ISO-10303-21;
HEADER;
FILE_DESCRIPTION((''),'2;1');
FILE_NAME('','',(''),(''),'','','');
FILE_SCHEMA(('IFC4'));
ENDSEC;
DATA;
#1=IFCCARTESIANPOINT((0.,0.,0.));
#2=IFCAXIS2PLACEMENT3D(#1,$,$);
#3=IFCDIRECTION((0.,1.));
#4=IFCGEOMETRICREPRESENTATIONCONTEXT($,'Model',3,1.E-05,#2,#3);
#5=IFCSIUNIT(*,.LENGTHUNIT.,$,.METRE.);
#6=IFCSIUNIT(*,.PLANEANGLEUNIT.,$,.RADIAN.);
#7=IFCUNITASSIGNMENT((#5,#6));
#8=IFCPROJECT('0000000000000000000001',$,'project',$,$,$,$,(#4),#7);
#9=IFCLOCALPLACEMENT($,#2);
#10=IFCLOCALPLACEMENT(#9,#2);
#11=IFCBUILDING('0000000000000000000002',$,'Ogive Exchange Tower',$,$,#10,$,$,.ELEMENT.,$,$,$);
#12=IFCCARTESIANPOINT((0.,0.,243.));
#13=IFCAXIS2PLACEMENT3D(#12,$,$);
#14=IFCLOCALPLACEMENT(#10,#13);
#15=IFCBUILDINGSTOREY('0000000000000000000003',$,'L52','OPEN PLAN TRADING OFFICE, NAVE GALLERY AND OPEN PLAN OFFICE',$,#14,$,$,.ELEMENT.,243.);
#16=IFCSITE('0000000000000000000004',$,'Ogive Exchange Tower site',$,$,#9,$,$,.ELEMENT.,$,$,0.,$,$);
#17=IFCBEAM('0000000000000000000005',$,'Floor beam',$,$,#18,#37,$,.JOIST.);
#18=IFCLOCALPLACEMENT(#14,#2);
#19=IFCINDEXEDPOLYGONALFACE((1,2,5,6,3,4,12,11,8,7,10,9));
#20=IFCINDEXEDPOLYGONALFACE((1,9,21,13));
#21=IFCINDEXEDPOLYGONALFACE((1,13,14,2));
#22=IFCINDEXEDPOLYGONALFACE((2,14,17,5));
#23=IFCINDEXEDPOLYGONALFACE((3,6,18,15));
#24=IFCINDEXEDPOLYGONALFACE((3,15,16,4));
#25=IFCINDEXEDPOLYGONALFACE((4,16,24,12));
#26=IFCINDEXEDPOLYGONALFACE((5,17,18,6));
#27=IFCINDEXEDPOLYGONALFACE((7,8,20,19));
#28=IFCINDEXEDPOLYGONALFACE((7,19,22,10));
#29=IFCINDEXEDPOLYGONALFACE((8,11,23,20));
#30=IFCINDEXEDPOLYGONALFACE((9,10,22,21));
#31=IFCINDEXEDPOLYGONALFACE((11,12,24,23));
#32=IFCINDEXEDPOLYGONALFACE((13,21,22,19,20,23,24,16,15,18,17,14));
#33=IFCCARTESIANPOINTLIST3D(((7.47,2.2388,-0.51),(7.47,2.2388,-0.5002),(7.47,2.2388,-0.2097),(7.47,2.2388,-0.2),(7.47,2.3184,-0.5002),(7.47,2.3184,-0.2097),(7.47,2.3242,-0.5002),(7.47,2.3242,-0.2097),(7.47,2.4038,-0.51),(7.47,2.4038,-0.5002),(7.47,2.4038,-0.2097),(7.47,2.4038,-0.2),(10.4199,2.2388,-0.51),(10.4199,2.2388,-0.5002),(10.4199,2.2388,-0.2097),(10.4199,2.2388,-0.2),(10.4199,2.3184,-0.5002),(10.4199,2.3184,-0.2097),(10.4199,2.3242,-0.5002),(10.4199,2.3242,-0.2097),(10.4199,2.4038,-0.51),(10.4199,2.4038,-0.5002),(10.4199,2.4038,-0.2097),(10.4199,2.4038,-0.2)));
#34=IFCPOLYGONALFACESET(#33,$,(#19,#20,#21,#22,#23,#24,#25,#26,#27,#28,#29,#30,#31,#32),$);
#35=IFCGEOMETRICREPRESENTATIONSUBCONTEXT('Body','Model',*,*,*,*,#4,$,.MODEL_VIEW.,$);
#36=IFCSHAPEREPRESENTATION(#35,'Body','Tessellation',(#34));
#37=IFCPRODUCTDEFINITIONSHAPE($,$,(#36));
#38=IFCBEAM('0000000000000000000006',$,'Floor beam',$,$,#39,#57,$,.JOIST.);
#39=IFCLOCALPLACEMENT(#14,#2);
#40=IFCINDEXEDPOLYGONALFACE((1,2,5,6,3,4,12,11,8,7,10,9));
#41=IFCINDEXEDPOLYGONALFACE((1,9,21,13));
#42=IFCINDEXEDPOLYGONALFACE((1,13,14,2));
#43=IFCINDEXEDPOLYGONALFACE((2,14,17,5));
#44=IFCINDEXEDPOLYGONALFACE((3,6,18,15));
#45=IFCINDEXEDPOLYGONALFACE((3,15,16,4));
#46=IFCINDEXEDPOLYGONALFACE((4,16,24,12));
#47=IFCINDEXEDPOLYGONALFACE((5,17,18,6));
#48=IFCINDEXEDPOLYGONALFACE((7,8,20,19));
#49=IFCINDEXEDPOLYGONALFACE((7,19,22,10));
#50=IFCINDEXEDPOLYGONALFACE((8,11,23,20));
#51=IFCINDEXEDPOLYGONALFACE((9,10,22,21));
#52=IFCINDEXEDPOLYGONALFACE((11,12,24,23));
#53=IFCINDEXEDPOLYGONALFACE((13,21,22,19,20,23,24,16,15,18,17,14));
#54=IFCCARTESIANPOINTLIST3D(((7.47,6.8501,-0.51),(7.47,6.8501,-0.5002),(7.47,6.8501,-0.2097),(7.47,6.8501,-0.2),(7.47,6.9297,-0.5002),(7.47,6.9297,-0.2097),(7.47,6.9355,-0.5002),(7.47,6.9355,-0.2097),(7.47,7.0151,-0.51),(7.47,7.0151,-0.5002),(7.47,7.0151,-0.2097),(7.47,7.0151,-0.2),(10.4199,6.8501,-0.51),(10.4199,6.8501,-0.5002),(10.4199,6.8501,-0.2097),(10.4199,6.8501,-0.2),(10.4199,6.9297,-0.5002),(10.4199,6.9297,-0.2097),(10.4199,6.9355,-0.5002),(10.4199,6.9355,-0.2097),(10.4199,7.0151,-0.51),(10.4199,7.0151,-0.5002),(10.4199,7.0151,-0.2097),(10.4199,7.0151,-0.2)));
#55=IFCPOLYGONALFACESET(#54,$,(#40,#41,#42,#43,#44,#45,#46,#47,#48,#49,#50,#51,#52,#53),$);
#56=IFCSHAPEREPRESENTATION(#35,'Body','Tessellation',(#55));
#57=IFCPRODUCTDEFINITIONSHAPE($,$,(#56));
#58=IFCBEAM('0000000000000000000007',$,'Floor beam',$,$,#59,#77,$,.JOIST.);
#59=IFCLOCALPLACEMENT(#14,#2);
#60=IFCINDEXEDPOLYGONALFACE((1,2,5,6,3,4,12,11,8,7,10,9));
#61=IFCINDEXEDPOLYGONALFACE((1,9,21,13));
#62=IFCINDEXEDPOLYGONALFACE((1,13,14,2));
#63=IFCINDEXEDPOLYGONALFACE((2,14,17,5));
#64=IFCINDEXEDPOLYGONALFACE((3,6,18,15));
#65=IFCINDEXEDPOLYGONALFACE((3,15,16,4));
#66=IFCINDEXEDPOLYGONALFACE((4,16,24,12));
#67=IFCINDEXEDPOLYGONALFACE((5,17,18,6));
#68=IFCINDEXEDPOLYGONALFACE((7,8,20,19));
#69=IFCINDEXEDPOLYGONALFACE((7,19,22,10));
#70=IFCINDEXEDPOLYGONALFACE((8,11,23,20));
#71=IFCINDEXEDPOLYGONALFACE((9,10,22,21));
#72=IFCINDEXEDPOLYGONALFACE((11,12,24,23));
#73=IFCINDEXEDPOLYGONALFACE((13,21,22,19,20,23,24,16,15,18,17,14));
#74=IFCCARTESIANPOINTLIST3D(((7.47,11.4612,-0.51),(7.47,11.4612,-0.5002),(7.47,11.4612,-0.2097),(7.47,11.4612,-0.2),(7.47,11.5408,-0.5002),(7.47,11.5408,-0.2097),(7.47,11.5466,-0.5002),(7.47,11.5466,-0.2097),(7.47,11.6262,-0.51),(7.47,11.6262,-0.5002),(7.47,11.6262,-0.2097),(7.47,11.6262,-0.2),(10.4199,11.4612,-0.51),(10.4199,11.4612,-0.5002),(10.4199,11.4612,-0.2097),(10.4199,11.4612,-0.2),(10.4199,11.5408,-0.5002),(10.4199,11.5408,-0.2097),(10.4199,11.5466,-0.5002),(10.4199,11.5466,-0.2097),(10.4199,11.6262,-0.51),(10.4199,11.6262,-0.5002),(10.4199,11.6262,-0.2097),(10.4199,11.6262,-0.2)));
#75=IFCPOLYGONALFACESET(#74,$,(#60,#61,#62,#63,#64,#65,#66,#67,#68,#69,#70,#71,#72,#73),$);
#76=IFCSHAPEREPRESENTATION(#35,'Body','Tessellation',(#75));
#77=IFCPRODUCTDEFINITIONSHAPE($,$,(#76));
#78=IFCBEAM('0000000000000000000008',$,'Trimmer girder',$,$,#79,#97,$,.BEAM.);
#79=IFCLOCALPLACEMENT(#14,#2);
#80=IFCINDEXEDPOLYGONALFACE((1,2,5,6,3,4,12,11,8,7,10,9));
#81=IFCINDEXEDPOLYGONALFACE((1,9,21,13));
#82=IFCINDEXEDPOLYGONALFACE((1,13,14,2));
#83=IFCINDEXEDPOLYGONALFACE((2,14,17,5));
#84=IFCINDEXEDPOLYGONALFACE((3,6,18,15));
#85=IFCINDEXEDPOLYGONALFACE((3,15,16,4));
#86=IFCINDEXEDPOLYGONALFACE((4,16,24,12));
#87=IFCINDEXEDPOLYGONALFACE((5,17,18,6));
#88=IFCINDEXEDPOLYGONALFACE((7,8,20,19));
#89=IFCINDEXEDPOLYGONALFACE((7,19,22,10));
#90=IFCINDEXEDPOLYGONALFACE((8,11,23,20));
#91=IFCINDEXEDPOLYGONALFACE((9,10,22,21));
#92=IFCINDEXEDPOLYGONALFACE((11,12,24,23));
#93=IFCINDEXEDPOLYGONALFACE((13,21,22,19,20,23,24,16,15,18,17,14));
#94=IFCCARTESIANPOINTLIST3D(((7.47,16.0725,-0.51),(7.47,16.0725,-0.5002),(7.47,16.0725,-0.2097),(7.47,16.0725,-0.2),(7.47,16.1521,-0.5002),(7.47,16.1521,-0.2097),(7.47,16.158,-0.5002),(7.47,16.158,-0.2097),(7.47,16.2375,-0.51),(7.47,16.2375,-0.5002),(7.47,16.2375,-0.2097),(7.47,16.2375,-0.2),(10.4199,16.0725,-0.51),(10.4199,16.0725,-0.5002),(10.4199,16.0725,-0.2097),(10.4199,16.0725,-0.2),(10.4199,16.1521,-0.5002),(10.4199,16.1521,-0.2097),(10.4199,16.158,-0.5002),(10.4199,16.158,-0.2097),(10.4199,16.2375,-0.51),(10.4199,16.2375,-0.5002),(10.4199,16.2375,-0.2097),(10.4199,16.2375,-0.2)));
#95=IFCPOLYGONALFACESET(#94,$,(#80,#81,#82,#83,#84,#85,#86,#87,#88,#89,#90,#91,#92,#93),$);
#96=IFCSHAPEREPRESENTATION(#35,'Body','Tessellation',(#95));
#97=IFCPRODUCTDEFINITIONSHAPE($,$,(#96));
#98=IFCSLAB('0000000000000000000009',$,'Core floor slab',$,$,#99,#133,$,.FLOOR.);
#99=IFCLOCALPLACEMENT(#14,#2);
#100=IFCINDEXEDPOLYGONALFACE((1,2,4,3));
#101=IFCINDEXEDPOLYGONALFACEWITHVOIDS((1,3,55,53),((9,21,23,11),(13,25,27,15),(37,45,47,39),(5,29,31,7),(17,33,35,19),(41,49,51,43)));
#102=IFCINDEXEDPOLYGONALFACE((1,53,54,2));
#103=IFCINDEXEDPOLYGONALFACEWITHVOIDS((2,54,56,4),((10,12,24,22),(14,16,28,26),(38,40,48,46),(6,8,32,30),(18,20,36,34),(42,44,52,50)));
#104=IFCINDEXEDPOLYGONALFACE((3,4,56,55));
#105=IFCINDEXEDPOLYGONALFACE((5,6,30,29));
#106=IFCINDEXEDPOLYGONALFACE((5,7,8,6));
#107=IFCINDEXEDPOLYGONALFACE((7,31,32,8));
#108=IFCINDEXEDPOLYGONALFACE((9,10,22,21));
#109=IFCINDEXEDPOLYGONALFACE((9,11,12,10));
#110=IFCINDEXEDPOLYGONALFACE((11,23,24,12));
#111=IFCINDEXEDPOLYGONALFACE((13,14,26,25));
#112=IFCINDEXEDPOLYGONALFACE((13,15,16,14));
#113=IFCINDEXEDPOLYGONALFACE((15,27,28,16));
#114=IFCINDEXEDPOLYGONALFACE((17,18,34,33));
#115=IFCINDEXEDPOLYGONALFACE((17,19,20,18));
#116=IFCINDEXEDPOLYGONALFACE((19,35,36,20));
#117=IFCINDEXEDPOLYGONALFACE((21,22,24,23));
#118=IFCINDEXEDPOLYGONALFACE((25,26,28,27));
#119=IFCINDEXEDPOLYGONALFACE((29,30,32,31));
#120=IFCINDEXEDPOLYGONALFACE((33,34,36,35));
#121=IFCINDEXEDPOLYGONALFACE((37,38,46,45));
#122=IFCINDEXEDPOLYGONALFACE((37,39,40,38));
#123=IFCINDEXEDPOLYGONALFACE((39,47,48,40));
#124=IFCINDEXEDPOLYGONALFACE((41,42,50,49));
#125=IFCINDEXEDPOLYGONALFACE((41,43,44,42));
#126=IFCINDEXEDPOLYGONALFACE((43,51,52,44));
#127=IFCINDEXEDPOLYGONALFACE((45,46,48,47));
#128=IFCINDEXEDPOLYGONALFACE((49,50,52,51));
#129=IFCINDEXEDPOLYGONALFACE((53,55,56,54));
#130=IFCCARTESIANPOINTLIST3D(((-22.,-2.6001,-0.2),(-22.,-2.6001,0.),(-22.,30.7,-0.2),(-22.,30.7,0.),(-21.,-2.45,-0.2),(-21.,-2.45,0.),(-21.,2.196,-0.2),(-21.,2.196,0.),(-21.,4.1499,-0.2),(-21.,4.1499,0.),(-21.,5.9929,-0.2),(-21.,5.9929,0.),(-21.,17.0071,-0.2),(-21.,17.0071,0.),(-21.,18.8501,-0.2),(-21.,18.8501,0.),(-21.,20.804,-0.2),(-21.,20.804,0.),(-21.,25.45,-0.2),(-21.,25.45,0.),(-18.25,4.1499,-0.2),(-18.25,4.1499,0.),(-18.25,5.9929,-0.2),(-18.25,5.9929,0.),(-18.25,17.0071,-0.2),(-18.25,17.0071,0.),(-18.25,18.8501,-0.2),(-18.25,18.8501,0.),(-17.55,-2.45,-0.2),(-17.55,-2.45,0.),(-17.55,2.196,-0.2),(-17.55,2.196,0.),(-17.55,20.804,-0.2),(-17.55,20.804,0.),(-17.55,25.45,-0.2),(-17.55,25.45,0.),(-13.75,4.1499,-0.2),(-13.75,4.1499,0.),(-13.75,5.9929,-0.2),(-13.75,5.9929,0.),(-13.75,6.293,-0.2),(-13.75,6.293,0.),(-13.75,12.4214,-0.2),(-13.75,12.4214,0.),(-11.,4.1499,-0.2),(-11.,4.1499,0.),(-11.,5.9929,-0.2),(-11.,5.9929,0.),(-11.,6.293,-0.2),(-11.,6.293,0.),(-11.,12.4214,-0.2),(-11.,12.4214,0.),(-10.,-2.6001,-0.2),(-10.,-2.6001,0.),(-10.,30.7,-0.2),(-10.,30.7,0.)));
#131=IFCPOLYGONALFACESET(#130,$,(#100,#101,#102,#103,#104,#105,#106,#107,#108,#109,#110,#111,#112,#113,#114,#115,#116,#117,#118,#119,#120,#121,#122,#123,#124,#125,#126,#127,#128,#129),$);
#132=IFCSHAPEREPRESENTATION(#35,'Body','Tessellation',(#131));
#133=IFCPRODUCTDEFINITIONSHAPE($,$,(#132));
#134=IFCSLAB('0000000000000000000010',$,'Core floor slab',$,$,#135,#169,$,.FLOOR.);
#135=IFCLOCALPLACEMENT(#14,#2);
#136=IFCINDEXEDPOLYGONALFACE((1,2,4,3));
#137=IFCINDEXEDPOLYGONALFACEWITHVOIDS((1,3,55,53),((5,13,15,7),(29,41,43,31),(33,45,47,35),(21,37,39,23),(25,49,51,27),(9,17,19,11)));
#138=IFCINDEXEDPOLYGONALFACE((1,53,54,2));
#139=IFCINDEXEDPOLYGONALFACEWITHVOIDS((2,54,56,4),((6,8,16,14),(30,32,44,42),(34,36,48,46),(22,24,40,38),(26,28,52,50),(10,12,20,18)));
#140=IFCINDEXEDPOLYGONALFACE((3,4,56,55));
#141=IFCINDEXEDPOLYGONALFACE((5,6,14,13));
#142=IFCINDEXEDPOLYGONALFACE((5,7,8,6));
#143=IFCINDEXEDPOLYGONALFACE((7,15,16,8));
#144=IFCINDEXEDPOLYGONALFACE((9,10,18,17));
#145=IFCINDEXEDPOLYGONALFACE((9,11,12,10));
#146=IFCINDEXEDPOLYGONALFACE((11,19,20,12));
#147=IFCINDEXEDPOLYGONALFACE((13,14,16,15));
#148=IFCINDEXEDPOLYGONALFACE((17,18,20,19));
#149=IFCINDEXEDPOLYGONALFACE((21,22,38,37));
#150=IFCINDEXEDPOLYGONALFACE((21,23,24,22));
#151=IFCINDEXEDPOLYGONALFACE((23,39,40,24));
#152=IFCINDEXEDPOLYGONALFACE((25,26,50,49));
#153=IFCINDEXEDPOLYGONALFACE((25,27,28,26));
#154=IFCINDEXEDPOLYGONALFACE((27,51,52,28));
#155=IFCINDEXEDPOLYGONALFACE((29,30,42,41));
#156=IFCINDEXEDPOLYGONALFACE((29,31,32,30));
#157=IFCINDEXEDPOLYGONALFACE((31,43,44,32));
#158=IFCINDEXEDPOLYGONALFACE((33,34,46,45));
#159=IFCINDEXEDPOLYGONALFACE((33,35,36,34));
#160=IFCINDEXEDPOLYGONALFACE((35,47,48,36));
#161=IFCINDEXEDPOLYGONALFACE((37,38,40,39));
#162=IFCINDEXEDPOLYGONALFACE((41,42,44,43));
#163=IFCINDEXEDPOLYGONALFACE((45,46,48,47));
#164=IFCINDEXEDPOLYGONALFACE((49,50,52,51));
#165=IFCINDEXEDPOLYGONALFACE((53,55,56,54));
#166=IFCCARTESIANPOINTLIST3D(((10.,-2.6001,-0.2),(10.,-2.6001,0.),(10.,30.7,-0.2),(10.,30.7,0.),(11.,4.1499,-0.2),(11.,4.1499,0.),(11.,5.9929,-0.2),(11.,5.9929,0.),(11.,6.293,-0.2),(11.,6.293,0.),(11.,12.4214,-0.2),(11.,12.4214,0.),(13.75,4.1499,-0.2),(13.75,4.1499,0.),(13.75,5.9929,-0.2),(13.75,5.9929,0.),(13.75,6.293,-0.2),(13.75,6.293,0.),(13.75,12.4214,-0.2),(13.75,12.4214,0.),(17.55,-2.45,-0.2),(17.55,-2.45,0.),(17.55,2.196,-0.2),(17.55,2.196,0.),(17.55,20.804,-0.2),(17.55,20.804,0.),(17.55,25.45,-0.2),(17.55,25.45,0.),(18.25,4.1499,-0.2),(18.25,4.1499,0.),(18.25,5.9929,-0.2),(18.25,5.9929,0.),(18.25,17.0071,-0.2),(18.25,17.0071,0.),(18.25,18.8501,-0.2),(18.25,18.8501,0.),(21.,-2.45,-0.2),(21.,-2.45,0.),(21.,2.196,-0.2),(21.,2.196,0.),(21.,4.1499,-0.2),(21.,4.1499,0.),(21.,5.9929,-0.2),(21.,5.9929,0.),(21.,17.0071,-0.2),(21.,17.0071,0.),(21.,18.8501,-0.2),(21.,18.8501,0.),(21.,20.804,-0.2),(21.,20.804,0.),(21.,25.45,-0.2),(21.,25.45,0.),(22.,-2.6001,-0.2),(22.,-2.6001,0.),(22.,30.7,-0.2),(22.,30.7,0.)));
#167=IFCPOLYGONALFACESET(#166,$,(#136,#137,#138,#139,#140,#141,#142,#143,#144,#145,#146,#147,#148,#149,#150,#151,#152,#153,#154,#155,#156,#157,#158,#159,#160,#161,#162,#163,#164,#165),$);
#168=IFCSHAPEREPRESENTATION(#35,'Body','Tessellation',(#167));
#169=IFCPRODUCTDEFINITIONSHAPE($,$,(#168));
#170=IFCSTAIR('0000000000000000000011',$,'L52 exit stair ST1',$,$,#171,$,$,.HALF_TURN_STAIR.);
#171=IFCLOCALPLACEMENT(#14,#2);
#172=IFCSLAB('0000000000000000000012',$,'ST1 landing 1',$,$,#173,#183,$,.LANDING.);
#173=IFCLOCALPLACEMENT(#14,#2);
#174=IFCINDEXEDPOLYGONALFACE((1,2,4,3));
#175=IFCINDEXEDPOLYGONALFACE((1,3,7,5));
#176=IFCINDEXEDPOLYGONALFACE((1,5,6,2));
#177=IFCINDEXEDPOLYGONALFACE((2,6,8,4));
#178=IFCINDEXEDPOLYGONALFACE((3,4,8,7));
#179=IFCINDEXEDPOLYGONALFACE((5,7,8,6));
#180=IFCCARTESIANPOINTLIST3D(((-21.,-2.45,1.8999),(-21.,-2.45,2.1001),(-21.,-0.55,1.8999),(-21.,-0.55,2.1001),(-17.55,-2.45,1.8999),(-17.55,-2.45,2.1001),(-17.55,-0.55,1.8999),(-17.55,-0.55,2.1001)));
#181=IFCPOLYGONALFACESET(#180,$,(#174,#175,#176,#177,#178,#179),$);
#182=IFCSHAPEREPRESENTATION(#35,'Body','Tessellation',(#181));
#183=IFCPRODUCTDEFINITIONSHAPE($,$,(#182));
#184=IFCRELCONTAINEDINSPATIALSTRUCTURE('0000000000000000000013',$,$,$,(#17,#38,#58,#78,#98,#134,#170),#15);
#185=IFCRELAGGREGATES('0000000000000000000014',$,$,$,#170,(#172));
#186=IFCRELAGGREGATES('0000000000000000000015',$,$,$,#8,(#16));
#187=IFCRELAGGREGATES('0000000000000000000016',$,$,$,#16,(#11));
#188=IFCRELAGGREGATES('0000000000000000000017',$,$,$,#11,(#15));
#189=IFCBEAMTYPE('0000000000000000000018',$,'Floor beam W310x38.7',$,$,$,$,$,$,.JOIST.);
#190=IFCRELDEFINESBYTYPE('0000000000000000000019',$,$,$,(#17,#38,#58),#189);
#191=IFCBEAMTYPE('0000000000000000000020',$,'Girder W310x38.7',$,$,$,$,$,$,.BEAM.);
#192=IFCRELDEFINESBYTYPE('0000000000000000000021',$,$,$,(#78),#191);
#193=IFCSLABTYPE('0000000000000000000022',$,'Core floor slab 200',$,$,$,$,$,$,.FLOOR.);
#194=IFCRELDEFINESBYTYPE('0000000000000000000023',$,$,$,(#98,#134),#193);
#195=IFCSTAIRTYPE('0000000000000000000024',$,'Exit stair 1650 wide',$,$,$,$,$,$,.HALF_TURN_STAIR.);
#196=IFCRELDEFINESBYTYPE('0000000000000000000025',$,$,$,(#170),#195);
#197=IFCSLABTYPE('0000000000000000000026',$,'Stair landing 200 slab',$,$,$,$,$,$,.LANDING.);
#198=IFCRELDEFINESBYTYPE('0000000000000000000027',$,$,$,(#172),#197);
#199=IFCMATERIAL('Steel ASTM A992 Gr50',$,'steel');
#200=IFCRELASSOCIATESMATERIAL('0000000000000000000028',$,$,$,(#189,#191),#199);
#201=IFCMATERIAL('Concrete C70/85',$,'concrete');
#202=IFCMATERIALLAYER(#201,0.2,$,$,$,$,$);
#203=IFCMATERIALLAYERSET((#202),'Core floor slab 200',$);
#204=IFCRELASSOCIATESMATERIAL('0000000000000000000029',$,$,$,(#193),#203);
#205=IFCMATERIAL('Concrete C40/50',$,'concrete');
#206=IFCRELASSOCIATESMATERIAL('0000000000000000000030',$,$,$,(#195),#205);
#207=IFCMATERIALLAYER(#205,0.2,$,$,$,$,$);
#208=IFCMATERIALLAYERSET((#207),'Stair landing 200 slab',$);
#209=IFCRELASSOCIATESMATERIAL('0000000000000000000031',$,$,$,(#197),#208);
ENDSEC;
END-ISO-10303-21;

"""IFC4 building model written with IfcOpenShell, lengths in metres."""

from ifc_helpers import new_model, si_unit, direction, frame, origin, origin_2d, place, context, subcontext, project, spatial, polyline, i_section, outline, extrude, material, layer, layer_set, material_profile, profile_set, type_object, element, aggregate, save


model = new_model("IFC4")

# Units and contexts
model_context = context("Model", 3, precision=1e-05, world=origin(), true_north=direction((0.0, 1.0)))
body_context = subcontext(model_context, "Body", "Model", "MODEL_VIEW")
ifc_project = project(units=[si_unit("LENGTHUNIT", "METRE"), si_unit("PLANEANGLEUNIT", "RADIAN")], contexts=[model_context])

# Site, building, storey
site_placement = place(None, origin())
site = spatial("IfcSite", under=ifc_project, at=site_placement, Name="Ogive Exchange Tower site", CompositionType="ELEMENT", RefElevation=0.0)
building_placement = place(site_placement, origin())
building = spatial("IfcBuilding", under=site, at=building_placement, Name="Ogive Exchange Tower", CompositionType="ELEMENT")
storey_placement = place(building_placement, frame((0.0, 0.0, 243.0)))
storey = spatial("IfcBuildingStorey", under=building, at=storey_placement, Name="L52", Description="OPEN PLAN TRADING OFFICE, NAVE GALLERY AND OPEN PLAN OFFICE", CompositionType="ELEMENT", Elevation=243.0)

# Beams
ifc_material_1 = material(Name="Steel ASTM A992 Gr50", Category="steel")
ifc_material_profile_1 = material_profile(ifc_material_1, i_section(OverallWidth=0.165, OverallDepth=0.3101, WebThickness=0.0059, FlangeThickness=0.0098, at=origin_2d()), Name="W310x38.7")
ifc_profile_set_1 = profile_set([ifc_material_profile_1], Name="Steel ASTM A992 Gr50")
beam_type_1 = type_object("IfcBeamType", Name="Floor beam W310x38.7", PredefinedType="JOIST", material=ifc_profile_set_1)
for number, where, z_axis, x_axis, name in (
    (1, (7.47, 2.3213, -0.355), (1.0, 0.0, 0.0), (0.0, 1.0, 0.0), "Floor beam"),
    (2, (7.47, 6.9326, -0.355), (1.0, 0.0, 0.0), (0.0, 1.0, 0.0), "Floor beam"),
    (3, (7.47, 11.5437, -0.355), (1.0, 0.0, 0.0), (0.0, 1.0, 0.0), "Floor beam"),
):
    element("IfcBeam", number, at=place(storey_placement, frame(where, z_axis=z_axis, x_axis=x_axis)), inside=storey, type_object=beam_type_1, Name=name, PredefinedType="JOIST", context=body_context, shape_type="SweptSolid", body=[
        extrude(i_section(OverallWidth=0.165, OverallDepth=0.3101, WebThickness=0.0059, FlangeThickness=0.0098, at=origin_2d()), origin(), (0.0, 0.0, 1.0), 2.95),
    ])
ifc_material_profile_2 = material_profile(ifc_material_1, i_section(OverallWidth=0.165, OverallDepth=0.3101, WebThickness=0.0059, FlangeThickness=0.0098, at=origin_2d()), Name="W310x38.7")
ifc_profile_set_2 = profile_set([ifc_material_profile_2], Name="Steel ASTM A992 Gr50")
beam_type_2 = type_object("IfcBeamType", Name="Girder W310x38.7", PredefinedType="BEAM", material=ifc_profile_set_2)
beam_placement = place(storey_placement, frame((7.47, 16.155, -0.355), z_axis=(1.0, 0.0, 0.0), x_axis=(0.0, 1.0, 0.0)))
element("IfcBeam", 4, at=beam_placement, inside=storey, type_object=beam_type_2, Name="Trimmer girder", PredefinedType="BEAM", context=body_context, shape_type="SweptSolid", body=[
    extrude(i_section(OverallWidth=0.165, OverallDepth=0.3101, WebThickness=0.0059, FlangeThickness=0.0098, at=origin_2d()), origin(), (0.0, 0.0, 1.0), 2.95),
])

# Slabs
ifc_material_2 = material(Name="Concrete C70/85", Category="concrete")
ifc_layer_1 = layer(ifc_material_2, 0.2)
ifc_layer_set_1 = layer_set([ifc_layer_1], Name="Core floor slab 200")
slab_type_1 = type_object("IfcSlabType", Name="Core floor slab 200", PredefinedType="FLOOR", material=ifc_layer_set_1)
slab_1_placement = place(storey_placement, frame((0.0, 0.0, -0.2)))
element("IfcSlab", 5, at=slab_1_placement, inside=storey, type_object=slab_type_1, Name="Core floor slab", PredefinedType="FLOOR", context=body_context, shape_type="SweptSolid", body=[
    extrude(outline(polyline([(-22.0, -2.6001), (-22.0, 30.7), (-10.0, 30.7), (-10.0, -2.6001), (-22.0, -2.6001)]), holes=[polyline([(-17.55, 2.196), (-21.0, 2.196), (-21.0, -2.45), (-17.55, -2.45), (-17.55, 2.196)]), polyline([(-18.25, 5.9929), (-21.0, 5.9929), (-21.0, 4.1499), (-18.25, 4.1499), (-18.25, 5.9929)]), polyline([(-11.0, 5.9929), (-13.75, 5.9929), (-13.75, 4.1499), (-11.0, 4.1499), (-11.0, 5.9929)]), polyline([(-13.75, 12.4214), (-13.75, 6.293), (-11.0, 6.293), (-11.0, 12.4214), (-13.75, 12.4214)]), polyline([(-18.25, 18.8501), (-21.0, 18.8501), (-21.0, 17.0071), (-18.25, 17.0071), (-18.25, 18.8501)]), polyline([(-21.0, 25.45), (-21.0, 20.804), (-17.55, 20.804), (-17.55, 25.45), (-21.0, 25.45)])]), origin(), (0.0, 0.0, 1.0), 0.2),
])
slab_2_placement = place(storey_placement, frame((0.0, 0.0, -0.2)))
element("IfcSlab", 6, at=slab_2_placement, inside=storey, type_object=slab_type_1, Name="Core floor slab", PredefinedType="FLOOR", context=body_context, shape_type="SweptSolid", body=[
    extrude(outline(polyline([(10.0, -2.6001), (10.0, 30.7), (22.0, 30.7), (22.0, -2.6001), (10.0, -2.6001)]), holes=[polyline([(21.0, 2.196), (17.55, 2.196), (17.55, -2.45), (21.0, -2.45), (21.0, 2.196)]), polyline([(13.75, 5.9929), (11.0, 5.9929), (11.0, 4.1499), (13.75, 4.1499), (13.75, 5.9929)]), polyline([(21.0, 5.9929), (18.25, 5.9929), (18.25, 4.1499), (21.0, 4.1499), (21.0, 5.9929)]), polyline([(11.0, 12.4214), (11.0, 6.293), (13.75, 6.293), (13.75, 12.4214), (11.0, 12.4214)]), polyline([(21.0, 18.8501), (18.25, 18.8501), (18.25, 17.0071), (21.0, 17.0071), (21.0, 18.8501)]), polyline([(17.55, 25.45), (17.55, 20.804), (21.0, 20.804), (21.0, 25.45), (17.55, 25.45)])]), origin(), (0.0, 0.0, 1.0), 0.2),
])

# Stair, slab
ifc_material_3 = material(Name="Concrete C40/50", Category="concrete")
stair_type = type_object("IfcStairType", Name="Exit stair 1650 wide", PredefinedType="HALF_TURN_STAIR", material=ifc_material_3)
stair_1_placement = place(storey_placement, origin())
stair_1 = element("IfcStair", 7, at=stair_1_placement, inside=storey, type_object=stair_type, Name="L52 exit stair ST1", PredefinedType="HALF_TURN_STAIR")
ifc_layer_2 = layer(ifc_material_3, 0.2)
ifc_layer_set_2 = layer_set([ifc_layer_2], Name="Stair landing 200 slab")
slab_type_2 = type_object("IfcSlabType", Name="Stair landing 200 slab", PredefinedType="LANDING", material=ifc_layer_set_2)
slab_3_placement = place(storey_placement, frame((0.0, 0.0, 1.8999)))
slab_3 = element("IfcSlab", 8, at=slab_3_placement, type_object=slab_type_2, Name="ST1 landing 1", PredefinedType="LANDING", context=body_context, shape_type="SweptSolid", body=[
    extrude(outline(polyline([(-21.0, -0.55), (-21.0, -2.45), (-17.55, -2.45), (-17.55, -0.55), (-21.0, -0.55)])), origin(), (0.0, 0.0, 1.0), 0.2002),
])
aggregate(stair_1, [slab_3])

save(model, "model.ifc")
